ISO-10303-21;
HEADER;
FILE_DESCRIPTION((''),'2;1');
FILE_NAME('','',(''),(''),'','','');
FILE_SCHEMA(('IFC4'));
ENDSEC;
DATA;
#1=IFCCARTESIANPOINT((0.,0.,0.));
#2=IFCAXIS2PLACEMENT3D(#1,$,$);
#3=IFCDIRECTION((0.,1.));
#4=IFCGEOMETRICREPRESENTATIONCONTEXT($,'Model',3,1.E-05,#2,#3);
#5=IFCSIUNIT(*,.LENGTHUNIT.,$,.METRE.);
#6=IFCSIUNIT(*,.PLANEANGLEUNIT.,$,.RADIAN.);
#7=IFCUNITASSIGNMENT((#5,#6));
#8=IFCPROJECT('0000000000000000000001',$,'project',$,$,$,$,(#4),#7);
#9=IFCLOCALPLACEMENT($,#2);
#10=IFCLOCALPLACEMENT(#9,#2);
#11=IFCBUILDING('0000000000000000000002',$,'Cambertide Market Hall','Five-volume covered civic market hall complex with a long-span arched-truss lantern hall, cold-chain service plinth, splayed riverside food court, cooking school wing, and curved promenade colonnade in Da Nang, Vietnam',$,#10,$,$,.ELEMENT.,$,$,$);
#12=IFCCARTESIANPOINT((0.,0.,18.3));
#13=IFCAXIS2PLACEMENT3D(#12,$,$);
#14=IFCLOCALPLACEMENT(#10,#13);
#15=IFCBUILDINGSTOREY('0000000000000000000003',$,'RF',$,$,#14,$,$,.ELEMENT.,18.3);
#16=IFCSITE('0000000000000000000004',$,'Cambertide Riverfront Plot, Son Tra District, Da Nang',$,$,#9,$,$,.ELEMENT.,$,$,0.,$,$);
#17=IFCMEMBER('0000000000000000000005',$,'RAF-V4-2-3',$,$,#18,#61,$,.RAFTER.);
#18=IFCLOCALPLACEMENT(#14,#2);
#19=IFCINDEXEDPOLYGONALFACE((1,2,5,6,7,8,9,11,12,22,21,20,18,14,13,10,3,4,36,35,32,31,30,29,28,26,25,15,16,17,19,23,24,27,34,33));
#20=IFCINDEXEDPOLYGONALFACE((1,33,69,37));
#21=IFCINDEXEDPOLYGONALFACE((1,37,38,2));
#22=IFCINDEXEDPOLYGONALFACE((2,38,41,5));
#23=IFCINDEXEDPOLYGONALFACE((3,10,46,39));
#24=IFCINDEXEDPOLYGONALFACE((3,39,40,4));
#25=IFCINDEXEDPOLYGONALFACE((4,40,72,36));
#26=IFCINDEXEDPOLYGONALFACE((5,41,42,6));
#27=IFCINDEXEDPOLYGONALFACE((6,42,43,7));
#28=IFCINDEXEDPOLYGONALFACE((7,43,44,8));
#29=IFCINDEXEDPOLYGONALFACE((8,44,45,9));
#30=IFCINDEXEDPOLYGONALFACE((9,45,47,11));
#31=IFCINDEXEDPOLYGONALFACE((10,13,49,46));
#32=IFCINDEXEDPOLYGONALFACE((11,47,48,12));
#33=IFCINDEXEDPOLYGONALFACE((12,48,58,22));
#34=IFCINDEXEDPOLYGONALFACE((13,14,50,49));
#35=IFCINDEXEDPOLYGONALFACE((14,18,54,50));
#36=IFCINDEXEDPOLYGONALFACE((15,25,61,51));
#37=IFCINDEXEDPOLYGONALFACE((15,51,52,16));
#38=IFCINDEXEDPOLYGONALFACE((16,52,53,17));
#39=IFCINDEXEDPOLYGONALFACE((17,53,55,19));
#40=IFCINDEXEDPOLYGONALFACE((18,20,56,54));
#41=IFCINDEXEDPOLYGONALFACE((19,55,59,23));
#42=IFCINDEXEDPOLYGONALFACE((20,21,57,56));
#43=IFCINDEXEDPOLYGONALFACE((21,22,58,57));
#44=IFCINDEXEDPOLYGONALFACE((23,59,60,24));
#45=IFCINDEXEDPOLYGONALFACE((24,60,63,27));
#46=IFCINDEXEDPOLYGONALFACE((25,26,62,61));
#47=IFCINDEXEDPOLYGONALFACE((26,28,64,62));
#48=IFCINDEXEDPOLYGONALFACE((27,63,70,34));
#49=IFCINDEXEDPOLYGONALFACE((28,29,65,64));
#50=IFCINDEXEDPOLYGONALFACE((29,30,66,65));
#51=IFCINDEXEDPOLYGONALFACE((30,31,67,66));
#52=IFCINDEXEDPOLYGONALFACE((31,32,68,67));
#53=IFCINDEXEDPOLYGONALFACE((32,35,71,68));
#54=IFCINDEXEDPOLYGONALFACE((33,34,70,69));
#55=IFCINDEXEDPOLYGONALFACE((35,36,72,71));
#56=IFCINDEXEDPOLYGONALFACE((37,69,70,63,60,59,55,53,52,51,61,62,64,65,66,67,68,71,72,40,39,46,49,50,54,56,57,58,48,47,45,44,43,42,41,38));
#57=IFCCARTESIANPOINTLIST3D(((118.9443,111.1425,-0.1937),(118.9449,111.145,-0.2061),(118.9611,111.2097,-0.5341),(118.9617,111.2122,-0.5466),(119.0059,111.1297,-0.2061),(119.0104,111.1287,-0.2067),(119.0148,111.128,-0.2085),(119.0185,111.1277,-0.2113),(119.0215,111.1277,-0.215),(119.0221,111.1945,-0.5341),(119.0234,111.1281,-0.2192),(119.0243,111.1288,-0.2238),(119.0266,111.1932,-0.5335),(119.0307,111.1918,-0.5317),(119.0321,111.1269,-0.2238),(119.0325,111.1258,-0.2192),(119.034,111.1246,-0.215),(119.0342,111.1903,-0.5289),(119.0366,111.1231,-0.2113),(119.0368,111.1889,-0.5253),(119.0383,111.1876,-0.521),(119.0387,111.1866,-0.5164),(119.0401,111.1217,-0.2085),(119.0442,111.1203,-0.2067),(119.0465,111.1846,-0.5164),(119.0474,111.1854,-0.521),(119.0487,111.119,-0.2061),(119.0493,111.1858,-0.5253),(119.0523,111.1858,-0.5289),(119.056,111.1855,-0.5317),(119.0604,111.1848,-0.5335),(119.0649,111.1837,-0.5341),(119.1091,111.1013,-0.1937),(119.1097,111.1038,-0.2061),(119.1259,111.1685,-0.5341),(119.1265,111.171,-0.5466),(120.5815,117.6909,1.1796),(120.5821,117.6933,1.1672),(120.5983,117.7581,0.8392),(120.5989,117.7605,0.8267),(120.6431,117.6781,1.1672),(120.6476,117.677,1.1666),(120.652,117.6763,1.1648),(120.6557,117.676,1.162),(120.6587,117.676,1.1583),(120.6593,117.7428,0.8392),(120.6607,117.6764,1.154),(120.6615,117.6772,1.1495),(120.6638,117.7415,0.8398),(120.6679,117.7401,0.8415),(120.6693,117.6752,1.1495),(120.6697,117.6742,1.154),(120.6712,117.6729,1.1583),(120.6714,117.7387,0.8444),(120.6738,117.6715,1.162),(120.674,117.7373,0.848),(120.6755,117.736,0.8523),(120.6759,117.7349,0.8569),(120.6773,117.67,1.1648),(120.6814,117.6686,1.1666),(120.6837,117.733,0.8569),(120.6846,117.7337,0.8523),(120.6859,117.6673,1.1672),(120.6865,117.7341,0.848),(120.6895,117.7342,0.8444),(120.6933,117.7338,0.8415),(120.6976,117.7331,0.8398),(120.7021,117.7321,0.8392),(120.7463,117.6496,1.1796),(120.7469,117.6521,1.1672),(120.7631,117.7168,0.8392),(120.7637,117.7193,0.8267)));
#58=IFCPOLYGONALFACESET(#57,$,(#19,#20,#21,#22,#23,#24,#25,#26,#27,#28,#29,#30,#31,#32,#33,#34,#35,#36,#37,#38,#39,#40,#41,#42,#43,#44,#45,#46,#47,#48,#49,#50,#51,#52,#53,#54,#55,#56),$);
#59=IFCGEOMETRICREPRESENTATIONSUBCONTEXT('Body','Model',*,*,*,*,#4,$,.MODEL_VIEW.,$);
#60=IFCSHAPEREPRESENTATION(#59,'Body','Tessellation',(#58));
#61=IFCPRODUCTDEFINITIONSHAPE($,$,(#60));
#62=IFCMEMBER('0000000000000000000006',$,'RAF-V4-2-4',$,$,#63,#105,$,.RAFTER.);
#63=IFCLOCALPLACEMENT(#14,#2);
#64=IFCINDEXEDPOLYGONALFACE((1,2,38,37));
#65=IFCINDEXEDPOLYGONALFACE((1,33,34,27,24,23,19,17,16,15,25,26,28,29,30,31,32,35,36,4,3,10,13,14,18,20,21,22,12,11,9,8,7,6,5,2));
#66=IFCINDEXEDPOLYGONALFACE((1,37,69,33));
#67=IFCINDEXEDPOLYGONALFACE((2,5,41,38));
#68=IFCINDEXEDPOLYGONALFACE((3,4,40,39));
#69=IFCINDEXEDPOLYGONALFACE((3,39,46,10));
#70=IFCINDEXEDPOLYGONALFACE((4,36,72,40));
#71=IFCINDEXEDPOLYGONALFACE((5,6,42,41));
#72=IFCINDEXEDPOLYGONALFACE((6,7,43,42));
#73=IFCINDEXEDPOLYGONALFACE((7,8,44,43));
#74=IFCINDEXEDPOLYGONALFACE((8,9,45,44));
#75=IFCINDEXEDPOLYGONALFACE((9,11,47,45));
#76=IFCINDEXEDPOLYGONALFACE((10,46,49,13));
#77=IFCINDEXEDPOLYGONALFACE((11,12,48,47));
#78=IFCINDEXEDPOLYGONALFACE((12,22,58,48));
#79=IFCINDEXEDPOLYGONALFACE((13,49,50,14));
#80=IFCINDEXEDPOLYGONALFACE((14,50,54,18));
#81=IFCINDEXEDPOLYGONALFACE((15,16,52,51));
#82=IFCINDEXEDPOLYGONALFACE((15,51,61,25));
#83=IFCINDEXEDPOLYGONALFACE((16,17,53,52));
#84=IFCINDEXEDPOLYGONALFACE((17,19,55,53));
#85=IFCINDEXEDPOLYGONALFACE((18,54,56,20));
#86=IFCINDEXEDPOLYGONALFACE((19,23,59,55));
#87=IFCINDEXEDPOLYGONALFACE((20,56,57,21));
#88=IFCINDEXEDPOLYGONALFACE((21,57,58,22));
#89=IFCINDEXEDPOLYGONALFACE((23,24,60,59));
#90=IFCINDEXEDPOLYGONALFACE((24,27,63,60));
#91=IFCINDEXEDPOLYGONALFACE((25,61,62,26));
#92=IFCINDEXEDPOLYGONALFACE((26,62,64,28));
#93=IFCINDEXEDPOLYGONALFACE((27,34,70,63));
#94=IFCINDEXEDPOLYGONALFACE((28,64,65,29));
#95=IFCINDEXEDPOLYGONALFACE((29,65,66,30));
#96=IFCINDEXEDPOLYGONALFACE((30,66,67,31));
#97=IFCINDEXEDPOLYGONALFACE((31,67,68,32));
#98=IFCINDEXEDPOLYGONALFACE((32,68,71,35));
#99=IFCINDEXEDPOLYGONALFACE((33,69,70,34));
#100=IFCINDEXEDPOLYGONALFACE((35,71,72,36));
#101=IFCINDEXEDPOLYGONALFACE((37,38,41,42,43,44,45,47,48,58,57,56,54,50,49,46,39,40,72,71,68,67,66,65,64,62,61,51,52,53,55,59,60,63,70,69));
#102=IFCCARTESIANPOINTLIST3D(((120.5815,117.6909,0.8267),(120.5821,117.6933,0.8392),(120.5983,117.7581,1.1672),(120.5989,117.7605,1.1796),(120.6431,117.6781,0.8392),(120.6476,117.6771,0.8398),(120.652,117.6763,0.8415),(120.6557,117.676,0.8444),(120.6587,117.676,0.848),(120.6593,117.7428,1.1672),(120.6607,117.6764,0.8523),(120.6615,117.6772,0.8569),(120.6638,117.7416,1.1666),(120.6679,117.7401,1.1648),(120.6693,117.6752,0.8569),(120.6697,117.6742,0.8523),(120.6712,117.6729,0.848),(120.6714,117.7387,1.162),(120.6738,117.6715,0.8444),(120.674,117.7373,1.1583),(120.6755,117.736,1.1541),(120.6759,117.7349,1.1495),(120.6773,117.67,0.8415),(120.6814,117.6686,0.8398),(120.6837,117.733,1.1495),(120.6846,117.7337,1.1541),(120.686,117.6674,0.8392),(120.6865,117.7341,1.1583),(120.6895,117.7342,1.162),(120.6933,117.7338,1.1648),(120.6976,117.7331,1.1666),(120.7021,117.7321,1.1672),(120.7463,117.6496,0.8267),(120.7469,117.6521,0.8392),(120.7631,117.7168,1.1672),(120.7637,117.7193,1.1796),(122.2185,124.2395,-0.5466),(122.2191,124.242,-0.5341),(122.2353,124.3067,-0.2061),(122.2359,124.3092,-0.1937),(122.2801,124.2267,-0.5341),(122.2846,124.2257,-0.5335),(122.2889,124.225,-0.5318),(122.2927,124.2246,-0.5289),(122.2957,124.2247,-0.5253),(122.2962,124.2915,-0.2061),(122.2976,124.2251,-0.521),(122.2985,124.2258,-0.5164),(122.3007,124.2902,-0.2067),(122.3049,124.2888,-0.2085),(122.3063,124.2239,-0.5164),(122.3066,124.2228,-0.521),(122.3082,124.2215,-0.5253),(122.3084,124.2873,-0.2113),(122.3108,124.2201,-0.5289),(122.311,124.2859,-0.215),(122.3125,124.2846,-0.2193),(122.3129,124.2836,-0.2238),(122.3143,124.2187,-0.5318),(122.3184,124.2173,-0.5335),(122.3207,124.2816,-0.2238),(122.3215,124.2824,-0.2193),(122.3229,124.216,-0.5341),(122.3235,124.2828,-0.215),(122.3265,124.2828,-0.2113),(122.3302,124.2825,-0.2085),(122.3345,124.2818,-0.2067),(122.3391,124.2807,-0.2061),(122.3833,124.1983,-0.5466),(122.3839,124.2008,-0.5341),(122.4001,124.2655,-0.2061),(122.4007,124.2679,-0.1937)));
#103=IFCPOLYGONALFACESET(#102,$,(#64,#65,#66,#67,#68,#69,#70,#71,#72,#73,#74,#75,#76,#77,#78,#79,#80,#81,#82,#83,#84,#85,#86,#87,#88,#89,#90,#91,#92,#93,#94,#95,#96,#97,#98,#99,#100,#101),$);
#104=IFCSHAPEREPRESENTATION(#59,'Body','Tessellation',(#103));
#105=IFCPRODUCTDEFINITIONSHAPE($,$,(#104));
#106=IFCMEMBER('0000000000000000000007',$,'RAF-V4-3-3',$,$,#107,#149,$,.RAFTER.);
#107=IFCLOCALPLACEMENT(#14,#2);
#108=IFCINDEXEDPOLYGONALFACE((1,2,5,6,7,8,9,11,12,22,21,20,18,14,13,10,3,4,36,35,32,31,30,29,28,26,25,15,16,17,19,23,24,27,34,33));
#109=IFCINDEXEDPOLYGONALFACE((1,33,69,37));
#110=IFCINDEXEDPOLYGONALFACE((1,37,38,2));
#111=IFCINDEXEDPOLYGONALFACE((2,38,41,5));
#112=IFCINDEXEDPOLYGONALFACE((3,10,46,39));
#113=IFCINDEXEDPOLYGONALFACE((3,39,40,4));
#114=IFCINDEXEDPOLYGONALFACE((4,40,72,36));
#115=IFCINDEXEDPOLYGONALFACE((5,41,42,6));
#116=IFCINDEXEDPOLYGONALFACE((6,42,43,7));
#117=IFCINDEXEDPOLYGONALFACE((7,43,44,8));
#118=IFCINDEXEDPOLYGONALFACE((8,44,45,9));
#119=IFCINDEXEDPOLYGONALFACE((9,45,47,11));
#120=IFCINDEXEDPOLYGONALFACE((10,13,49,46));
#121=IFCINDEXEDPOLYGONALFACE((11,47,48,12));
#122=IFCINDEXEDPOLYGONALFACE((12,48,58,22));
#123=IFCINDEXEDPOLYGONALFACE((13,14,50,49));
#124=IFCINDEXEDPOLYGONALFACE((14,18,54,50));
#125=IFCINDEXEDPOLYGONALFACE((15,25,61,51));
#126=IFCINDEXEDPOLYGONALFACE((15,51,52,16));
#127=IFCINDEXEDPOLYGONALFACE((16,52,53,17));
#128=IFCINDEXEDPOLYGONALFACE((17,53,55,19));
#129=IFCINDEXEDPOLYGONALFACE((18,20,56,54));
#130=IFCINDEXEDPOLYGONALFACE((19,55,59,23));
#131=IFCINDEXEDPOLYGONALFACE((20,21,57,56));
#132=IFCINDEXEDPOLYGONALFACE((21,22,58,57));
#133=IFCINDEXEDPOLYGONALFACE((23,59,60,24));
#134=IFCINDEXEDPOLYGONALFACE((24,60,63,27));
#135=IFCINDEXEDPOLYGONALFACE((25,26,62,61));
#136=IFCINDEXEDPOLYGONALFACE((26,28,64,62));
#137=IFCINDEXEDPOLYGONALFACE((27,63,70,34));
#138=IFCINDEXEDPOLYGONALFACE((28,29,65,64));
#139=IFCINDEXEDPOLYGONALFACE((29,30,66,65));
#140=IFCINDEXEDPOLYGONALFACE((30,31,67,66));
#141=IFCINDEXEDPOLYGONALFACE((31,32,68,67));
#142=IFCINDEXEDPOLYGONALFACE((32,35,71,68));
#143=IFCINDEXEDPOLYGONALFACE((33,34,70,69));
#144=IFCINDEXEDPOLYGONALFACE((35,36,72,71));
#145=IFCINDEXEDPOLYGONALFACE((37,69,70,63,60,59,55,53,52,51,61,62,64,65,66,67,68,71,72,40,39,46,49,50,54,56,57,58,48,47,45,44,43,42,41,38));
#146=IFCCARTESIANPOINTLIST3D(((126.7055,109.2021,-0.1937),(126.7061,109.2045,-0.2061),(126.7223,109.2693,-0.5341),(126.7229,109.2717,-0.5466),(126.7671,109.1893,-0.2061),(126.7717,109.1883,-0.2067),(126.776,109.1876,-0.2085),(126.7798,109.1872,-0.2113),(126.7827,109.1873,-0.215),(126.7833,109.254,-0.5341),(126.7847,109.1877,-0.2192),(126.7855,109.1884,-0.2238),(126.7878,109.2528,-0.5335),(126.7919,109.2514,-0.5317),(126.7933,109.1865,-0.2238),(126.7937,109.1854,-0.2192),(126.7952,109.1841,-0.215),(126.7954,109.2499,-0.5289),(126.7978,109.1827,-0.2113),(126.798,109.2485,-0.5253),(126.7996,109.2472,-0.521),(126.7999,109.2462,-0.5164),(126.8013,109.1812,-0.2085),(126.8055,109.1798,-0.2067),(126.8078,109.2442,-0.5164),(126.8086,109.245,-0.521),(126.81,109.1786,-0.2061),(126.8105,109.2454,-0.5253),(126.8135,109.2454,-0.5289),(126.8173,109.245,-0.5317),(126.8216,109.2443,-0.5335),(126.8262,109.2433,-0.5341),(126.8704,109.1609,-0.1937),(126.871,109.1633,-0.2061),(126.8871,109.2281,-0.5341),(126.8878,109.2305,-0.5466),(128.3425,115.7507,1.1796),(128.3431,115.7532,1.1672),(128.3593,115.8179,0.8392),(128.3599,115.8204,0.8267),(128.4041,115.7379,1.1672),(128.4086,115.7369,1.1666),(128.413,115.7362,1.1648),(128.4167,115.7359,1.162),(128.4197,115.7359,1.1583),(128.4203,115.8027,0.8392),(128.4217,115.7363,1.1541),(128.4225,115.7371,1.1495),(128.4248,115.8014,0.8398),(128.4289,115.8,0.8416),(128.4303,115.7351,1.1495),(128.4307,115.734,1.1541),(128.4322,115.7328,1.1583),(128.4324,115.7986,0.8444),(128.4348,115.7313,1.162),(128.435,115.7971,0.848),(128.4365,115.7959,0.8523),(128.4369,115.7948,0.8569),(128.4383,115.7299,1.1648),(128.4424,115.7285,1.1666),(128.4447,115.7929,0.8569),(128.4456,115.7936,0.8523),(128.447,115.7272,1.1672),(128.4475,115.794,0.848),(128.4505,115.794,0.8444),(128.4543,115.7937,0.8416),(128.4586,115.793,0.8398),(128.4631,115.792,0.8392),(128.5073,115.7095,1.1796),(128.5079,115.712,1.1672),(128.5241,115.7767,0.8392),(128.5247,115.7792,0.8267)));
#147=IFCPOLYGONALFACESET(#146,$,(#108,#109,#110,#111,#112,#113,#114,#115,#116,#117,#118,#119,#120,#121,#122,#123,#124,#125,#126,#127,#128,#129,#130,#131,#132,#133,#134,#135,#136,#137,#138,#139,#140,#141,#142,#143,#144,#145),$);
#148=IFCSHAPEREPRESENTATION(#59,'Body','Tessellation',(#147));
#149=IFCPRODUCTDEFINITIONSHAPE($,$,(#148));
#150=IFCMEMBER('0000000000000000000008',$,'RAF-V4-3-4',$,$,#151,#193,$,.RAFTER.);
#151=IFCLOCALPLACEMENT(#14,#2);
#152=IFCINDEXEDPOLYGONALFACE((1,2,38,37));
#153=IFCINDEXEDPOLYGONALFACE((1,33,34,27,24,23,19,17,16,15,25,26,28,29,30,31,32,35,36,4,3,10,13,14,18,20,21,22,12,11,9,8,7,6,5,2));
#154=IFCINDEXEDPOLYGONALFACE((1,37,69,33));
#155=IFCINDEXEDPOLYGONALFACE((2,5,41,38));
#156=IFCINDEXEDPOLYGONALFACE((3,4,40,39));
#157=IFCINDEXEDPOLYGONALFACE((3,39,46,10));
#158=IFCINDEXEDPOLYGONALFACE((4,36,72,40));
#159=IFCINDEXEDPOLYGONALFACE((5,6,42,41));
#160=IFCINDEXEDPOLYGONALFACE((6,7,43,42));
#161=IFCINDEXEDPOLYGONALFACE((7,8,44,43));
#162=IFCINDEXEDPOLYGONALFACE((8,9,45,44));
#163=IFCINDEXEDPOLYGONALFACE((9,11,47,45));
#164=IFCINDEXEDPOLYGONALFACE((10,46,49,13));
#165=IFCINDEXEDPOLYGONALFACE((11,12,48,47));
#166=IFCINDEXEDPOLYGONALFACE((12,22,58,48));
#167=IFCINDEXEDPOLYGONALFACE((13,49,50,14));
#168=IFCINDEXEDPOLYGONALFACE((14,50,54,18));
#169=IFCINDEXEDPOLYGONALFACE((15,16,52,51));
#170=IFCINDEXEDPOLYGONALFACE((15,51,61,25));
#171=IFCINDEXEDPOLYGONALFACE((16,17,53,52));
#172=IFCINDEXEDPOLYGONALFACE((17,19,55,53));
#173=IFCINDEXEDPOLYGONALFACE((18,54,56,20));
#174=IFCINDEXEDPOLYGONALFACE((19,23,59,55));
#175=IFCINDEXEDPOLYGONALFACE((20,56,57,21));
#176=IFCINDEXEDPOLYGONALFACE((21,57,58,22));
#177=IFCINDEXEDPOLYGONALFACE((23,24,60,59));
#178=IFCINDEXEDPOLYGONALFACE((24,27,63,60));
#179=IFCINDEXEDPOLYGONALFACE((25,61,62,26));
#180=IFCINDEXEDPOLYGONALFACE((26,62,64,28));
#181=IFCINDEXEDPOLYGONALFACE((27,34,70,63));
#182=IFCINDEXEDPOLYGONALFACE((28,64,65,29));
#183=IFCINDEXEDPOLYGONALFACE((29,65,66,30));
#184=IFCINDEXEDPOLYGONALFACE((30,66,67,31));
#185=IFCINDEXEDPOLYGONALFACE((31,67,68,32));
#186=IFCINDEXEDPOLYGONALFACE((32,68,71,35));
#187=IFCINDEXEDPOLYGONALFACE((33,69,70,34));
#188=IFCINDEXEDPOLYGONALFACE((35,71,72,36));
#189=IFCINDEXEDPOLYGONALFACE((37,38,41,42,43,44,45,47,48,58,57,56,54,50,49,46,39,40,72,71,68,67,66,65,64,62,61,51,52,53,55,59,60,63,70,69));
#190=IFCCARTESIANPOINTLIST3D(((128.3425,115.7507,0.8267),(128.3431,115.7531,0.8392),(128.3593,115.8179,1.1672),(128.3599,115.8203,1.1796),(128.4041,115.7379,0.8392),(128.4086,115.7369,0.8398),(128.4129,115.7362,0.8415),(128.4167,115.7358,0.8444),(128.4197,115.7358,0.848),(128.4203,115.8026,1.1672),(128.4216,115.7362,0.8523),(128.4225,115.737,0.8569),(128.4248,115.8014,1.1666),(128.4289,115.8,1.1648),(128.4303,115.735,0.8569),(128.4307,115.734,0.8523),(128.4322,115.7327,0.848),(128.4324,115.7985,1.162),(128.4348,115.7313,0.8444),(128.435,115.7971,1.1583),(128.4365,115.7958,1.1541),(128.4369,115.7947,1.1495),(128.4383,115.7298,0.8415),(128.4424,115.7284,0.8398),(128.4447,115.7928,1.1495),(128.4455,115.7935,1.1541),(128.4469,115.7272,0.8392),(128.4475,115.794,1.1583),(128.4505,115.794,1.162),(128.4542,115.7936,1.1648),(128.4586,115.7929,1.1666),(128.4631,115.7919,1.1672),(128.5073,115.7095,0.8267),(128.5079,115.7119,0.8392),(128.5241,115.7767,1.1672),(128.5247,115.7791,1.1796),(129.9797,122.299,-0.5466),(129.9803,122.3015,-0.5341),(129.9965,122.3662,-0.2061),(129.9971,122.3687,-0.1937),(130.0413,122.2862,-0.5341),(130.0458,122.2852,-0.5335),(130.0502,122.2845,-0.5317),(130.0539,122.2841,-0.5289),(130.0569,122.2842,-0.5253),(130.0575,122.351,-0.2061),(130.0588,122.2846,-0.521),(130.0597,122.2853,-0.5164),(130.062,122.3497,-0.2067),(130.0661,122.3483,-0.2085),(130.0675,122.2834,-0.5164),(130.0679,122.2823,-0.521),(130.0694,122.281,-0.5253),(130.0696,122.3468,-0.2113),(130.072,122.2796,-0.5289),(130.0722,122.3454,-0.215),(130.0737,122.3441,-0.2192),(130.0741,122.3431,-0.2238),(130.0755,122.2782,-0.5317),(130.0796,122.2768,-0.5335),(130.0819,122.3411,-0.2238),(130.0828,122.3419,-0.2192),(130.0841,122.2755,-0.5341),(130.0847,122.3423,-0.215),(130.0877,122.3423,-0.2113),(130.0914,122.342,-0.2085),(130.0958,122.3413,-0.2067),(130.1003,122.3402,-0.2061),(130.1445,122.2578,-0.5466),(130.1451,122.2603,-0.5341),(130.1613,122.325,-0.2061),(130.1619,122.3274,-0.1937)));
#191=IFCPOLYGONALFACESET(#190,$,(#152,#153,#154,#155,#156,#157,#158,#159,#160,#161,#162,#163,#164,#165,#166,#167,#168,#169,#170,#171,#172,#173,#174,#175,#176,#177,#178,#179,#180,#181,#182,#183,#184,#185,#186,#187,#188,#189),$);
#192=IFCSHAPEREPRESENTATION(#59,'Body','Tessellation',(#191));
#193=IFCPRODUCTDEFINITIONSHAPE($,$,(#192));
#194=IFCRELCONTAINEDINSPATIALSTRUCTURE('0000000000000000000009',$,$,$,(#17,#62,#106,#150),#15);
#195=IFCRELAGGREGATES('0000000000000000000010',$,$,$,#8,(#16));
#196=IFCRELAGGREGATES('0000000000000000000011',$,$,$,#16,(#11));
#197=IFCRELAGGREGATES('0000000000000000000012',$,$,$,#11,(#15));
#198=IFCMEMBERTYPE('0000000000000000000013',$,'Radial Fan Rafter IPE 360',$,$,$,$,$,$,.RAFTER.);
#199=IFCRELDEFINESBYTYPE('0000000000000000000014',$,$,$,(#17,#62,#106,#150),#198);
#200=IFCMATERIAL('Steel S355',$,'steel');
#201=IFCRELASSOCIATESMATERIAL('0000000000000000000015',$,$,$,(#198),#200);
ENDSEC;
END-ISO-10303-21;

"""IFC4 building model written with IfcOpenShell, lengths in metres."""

from ifc_helpers import new_model, si_unit, direction, frame, origin, origin_2d, place, context, subcontext, project, spatial, i_section, extrude, material, material_profile, profile_set, type_object, element, save


model = new_model("IFC4")

# Units and contexts
model_context = context("Model", 3, precision=1e-05, world=origin(), true_north=direction((0.0, 1.0)))
body_context = subcontext(model_context, "Body", "Model", "MODEL_VIEW")
ifc_project = project(units=[si_unit("LENGTHUNIT", "METRE"), si_unit("PLANEANGLEUNIT", "RADIAN")], contexts=[model_context])

# Site, building, storey
site_placement = place(None, origin())
site = spatial("IfcSite", under=ifc_project, at=site_placement, Name="Cambertide Riverfront Plot, Son Tra District, Da Nang", CompositionType="ELEMENT", RefElevation=0.0)
building_placement = place(site_placement, origin())
building = spatial("IfcBuilding", under=site, at=building_placement, Name="Cambertide Market Hall", Description="Five-volume covered civic market hall complex with a long-span arched-truss lantern hall, cold-chain service plinth, splayed riverside food court, cooking school wing, and curved promenade colonnade in Da Nang, Vietnam", CompositionType="ELEMENT")
storey_placement = place(building_placement, frame((0.0, 0.0, 18.3)))
storey = spatial("IfcBuildingStorey", under=building, at=storey_placement, Name="RF", CompositionType="ELEMENT", Elevation=18.3)

# Members
ifc_material_1 = material(Name="Steel S355", Category="steel")
ifc_material_profile_1 = material_profile(ifc_material_1, i_section(OverallWidth=0.1699, OverallDepth=0.3601, WebThickness=0.0081, FlangeThickness=0.0127, FilletRadius=0.0181, at=origin_2d()), Name="IPE 360")
ifc_profile_set_1 = profile_set([ifc_material_profile_1], Name="Steel S355")
member_type_1 = type_object("IfcMemberType", Name="Radial Fan Rafter IPE 360", PredefinedType="RAFTER", material=ifc_profile_set_1)
member_1_placement = place(storey_placement, frame((119.0354, 111.1567, -0.3701), z_axis=(0.237683, 0.950662, 0.199369), x_axis=(-0.970138, 0.242553, 0.0)))
element("IfcMember", 1, at=member_1_placement, inside=storey, type_object=member_type_1, Name="RAF-V4-2-3", PredefinedType="RAFTER", context=body_context, shape_type="SweptSolid", body=[
    extrude(i_section(OverallWidth=0.1699, OverallDepth=0.3601, WebThickness=0.0081, FlangeThickness=0.0127, FilletRadius=0.0181, at=origin_2d()), origin(), (0.0, 0.0, 1.0), 6.8882),
])
for number, where, z_axis, x_axis, name in (
    (2, (120.6726, 117.7051, 1.0032), (0.237642, 0.950674, -0.199364), (-0.970149, 0.24251, 0.0), "RAF-V4-2-4"),
    (3, (126.7966, 109.2163, -0.3701), (0.237642, 0.950674, 0.199364), (-0.970149, 0.24251, 0.0), "RAF-V4-3-3"),
):
    element("IfcMember", number, at=place(storey_placement, frame(where, z_axis=z_axis, x_axis=x_axis)), inside=storey, type_object=member_type_1, Name=name, PredefinedType="RAFTER", context=body_context, shape_type="SweptSolid", body=[
        extrude(i_section(OverallWidth=0.1699, OverallDepth=0.3601, WebThickness=0.0081, FlangeThickness=0.0127, FilletRadius=0.0181, at=origin_2d()), origin(), (0.0, 0.0, 1.0), 6.8884),
    ])
for number, where, z_axis, x_axis, name in (
    (4, (128.4336, 115.7649, 1.0032), (0.237683, 0.950662, -0.199369), (-0.970138, 0.242553, 0.0), "RAF-V4-3-4"),
):
    element("IfcMember", number, at=place(storey_placement, frame(where, z_axis=z_axis, x_axis=x_axis)), inside=storey, type_object=member_type_1, Name=name, PredefinedType="RAFTER", context=body_context, shape_type="SweptSolid", body=[
        extrude(i_section(OverallWidth=0.1699, OverallDepth=0.3601, WebThickness=0.0081, FlangeThickness=0.0127, FilletRadius=0.0181, at=origin_2d()), origin(), (0.0, 0.0, 1.0), 6.8882),
    ])

save(model, "model.ifc")
